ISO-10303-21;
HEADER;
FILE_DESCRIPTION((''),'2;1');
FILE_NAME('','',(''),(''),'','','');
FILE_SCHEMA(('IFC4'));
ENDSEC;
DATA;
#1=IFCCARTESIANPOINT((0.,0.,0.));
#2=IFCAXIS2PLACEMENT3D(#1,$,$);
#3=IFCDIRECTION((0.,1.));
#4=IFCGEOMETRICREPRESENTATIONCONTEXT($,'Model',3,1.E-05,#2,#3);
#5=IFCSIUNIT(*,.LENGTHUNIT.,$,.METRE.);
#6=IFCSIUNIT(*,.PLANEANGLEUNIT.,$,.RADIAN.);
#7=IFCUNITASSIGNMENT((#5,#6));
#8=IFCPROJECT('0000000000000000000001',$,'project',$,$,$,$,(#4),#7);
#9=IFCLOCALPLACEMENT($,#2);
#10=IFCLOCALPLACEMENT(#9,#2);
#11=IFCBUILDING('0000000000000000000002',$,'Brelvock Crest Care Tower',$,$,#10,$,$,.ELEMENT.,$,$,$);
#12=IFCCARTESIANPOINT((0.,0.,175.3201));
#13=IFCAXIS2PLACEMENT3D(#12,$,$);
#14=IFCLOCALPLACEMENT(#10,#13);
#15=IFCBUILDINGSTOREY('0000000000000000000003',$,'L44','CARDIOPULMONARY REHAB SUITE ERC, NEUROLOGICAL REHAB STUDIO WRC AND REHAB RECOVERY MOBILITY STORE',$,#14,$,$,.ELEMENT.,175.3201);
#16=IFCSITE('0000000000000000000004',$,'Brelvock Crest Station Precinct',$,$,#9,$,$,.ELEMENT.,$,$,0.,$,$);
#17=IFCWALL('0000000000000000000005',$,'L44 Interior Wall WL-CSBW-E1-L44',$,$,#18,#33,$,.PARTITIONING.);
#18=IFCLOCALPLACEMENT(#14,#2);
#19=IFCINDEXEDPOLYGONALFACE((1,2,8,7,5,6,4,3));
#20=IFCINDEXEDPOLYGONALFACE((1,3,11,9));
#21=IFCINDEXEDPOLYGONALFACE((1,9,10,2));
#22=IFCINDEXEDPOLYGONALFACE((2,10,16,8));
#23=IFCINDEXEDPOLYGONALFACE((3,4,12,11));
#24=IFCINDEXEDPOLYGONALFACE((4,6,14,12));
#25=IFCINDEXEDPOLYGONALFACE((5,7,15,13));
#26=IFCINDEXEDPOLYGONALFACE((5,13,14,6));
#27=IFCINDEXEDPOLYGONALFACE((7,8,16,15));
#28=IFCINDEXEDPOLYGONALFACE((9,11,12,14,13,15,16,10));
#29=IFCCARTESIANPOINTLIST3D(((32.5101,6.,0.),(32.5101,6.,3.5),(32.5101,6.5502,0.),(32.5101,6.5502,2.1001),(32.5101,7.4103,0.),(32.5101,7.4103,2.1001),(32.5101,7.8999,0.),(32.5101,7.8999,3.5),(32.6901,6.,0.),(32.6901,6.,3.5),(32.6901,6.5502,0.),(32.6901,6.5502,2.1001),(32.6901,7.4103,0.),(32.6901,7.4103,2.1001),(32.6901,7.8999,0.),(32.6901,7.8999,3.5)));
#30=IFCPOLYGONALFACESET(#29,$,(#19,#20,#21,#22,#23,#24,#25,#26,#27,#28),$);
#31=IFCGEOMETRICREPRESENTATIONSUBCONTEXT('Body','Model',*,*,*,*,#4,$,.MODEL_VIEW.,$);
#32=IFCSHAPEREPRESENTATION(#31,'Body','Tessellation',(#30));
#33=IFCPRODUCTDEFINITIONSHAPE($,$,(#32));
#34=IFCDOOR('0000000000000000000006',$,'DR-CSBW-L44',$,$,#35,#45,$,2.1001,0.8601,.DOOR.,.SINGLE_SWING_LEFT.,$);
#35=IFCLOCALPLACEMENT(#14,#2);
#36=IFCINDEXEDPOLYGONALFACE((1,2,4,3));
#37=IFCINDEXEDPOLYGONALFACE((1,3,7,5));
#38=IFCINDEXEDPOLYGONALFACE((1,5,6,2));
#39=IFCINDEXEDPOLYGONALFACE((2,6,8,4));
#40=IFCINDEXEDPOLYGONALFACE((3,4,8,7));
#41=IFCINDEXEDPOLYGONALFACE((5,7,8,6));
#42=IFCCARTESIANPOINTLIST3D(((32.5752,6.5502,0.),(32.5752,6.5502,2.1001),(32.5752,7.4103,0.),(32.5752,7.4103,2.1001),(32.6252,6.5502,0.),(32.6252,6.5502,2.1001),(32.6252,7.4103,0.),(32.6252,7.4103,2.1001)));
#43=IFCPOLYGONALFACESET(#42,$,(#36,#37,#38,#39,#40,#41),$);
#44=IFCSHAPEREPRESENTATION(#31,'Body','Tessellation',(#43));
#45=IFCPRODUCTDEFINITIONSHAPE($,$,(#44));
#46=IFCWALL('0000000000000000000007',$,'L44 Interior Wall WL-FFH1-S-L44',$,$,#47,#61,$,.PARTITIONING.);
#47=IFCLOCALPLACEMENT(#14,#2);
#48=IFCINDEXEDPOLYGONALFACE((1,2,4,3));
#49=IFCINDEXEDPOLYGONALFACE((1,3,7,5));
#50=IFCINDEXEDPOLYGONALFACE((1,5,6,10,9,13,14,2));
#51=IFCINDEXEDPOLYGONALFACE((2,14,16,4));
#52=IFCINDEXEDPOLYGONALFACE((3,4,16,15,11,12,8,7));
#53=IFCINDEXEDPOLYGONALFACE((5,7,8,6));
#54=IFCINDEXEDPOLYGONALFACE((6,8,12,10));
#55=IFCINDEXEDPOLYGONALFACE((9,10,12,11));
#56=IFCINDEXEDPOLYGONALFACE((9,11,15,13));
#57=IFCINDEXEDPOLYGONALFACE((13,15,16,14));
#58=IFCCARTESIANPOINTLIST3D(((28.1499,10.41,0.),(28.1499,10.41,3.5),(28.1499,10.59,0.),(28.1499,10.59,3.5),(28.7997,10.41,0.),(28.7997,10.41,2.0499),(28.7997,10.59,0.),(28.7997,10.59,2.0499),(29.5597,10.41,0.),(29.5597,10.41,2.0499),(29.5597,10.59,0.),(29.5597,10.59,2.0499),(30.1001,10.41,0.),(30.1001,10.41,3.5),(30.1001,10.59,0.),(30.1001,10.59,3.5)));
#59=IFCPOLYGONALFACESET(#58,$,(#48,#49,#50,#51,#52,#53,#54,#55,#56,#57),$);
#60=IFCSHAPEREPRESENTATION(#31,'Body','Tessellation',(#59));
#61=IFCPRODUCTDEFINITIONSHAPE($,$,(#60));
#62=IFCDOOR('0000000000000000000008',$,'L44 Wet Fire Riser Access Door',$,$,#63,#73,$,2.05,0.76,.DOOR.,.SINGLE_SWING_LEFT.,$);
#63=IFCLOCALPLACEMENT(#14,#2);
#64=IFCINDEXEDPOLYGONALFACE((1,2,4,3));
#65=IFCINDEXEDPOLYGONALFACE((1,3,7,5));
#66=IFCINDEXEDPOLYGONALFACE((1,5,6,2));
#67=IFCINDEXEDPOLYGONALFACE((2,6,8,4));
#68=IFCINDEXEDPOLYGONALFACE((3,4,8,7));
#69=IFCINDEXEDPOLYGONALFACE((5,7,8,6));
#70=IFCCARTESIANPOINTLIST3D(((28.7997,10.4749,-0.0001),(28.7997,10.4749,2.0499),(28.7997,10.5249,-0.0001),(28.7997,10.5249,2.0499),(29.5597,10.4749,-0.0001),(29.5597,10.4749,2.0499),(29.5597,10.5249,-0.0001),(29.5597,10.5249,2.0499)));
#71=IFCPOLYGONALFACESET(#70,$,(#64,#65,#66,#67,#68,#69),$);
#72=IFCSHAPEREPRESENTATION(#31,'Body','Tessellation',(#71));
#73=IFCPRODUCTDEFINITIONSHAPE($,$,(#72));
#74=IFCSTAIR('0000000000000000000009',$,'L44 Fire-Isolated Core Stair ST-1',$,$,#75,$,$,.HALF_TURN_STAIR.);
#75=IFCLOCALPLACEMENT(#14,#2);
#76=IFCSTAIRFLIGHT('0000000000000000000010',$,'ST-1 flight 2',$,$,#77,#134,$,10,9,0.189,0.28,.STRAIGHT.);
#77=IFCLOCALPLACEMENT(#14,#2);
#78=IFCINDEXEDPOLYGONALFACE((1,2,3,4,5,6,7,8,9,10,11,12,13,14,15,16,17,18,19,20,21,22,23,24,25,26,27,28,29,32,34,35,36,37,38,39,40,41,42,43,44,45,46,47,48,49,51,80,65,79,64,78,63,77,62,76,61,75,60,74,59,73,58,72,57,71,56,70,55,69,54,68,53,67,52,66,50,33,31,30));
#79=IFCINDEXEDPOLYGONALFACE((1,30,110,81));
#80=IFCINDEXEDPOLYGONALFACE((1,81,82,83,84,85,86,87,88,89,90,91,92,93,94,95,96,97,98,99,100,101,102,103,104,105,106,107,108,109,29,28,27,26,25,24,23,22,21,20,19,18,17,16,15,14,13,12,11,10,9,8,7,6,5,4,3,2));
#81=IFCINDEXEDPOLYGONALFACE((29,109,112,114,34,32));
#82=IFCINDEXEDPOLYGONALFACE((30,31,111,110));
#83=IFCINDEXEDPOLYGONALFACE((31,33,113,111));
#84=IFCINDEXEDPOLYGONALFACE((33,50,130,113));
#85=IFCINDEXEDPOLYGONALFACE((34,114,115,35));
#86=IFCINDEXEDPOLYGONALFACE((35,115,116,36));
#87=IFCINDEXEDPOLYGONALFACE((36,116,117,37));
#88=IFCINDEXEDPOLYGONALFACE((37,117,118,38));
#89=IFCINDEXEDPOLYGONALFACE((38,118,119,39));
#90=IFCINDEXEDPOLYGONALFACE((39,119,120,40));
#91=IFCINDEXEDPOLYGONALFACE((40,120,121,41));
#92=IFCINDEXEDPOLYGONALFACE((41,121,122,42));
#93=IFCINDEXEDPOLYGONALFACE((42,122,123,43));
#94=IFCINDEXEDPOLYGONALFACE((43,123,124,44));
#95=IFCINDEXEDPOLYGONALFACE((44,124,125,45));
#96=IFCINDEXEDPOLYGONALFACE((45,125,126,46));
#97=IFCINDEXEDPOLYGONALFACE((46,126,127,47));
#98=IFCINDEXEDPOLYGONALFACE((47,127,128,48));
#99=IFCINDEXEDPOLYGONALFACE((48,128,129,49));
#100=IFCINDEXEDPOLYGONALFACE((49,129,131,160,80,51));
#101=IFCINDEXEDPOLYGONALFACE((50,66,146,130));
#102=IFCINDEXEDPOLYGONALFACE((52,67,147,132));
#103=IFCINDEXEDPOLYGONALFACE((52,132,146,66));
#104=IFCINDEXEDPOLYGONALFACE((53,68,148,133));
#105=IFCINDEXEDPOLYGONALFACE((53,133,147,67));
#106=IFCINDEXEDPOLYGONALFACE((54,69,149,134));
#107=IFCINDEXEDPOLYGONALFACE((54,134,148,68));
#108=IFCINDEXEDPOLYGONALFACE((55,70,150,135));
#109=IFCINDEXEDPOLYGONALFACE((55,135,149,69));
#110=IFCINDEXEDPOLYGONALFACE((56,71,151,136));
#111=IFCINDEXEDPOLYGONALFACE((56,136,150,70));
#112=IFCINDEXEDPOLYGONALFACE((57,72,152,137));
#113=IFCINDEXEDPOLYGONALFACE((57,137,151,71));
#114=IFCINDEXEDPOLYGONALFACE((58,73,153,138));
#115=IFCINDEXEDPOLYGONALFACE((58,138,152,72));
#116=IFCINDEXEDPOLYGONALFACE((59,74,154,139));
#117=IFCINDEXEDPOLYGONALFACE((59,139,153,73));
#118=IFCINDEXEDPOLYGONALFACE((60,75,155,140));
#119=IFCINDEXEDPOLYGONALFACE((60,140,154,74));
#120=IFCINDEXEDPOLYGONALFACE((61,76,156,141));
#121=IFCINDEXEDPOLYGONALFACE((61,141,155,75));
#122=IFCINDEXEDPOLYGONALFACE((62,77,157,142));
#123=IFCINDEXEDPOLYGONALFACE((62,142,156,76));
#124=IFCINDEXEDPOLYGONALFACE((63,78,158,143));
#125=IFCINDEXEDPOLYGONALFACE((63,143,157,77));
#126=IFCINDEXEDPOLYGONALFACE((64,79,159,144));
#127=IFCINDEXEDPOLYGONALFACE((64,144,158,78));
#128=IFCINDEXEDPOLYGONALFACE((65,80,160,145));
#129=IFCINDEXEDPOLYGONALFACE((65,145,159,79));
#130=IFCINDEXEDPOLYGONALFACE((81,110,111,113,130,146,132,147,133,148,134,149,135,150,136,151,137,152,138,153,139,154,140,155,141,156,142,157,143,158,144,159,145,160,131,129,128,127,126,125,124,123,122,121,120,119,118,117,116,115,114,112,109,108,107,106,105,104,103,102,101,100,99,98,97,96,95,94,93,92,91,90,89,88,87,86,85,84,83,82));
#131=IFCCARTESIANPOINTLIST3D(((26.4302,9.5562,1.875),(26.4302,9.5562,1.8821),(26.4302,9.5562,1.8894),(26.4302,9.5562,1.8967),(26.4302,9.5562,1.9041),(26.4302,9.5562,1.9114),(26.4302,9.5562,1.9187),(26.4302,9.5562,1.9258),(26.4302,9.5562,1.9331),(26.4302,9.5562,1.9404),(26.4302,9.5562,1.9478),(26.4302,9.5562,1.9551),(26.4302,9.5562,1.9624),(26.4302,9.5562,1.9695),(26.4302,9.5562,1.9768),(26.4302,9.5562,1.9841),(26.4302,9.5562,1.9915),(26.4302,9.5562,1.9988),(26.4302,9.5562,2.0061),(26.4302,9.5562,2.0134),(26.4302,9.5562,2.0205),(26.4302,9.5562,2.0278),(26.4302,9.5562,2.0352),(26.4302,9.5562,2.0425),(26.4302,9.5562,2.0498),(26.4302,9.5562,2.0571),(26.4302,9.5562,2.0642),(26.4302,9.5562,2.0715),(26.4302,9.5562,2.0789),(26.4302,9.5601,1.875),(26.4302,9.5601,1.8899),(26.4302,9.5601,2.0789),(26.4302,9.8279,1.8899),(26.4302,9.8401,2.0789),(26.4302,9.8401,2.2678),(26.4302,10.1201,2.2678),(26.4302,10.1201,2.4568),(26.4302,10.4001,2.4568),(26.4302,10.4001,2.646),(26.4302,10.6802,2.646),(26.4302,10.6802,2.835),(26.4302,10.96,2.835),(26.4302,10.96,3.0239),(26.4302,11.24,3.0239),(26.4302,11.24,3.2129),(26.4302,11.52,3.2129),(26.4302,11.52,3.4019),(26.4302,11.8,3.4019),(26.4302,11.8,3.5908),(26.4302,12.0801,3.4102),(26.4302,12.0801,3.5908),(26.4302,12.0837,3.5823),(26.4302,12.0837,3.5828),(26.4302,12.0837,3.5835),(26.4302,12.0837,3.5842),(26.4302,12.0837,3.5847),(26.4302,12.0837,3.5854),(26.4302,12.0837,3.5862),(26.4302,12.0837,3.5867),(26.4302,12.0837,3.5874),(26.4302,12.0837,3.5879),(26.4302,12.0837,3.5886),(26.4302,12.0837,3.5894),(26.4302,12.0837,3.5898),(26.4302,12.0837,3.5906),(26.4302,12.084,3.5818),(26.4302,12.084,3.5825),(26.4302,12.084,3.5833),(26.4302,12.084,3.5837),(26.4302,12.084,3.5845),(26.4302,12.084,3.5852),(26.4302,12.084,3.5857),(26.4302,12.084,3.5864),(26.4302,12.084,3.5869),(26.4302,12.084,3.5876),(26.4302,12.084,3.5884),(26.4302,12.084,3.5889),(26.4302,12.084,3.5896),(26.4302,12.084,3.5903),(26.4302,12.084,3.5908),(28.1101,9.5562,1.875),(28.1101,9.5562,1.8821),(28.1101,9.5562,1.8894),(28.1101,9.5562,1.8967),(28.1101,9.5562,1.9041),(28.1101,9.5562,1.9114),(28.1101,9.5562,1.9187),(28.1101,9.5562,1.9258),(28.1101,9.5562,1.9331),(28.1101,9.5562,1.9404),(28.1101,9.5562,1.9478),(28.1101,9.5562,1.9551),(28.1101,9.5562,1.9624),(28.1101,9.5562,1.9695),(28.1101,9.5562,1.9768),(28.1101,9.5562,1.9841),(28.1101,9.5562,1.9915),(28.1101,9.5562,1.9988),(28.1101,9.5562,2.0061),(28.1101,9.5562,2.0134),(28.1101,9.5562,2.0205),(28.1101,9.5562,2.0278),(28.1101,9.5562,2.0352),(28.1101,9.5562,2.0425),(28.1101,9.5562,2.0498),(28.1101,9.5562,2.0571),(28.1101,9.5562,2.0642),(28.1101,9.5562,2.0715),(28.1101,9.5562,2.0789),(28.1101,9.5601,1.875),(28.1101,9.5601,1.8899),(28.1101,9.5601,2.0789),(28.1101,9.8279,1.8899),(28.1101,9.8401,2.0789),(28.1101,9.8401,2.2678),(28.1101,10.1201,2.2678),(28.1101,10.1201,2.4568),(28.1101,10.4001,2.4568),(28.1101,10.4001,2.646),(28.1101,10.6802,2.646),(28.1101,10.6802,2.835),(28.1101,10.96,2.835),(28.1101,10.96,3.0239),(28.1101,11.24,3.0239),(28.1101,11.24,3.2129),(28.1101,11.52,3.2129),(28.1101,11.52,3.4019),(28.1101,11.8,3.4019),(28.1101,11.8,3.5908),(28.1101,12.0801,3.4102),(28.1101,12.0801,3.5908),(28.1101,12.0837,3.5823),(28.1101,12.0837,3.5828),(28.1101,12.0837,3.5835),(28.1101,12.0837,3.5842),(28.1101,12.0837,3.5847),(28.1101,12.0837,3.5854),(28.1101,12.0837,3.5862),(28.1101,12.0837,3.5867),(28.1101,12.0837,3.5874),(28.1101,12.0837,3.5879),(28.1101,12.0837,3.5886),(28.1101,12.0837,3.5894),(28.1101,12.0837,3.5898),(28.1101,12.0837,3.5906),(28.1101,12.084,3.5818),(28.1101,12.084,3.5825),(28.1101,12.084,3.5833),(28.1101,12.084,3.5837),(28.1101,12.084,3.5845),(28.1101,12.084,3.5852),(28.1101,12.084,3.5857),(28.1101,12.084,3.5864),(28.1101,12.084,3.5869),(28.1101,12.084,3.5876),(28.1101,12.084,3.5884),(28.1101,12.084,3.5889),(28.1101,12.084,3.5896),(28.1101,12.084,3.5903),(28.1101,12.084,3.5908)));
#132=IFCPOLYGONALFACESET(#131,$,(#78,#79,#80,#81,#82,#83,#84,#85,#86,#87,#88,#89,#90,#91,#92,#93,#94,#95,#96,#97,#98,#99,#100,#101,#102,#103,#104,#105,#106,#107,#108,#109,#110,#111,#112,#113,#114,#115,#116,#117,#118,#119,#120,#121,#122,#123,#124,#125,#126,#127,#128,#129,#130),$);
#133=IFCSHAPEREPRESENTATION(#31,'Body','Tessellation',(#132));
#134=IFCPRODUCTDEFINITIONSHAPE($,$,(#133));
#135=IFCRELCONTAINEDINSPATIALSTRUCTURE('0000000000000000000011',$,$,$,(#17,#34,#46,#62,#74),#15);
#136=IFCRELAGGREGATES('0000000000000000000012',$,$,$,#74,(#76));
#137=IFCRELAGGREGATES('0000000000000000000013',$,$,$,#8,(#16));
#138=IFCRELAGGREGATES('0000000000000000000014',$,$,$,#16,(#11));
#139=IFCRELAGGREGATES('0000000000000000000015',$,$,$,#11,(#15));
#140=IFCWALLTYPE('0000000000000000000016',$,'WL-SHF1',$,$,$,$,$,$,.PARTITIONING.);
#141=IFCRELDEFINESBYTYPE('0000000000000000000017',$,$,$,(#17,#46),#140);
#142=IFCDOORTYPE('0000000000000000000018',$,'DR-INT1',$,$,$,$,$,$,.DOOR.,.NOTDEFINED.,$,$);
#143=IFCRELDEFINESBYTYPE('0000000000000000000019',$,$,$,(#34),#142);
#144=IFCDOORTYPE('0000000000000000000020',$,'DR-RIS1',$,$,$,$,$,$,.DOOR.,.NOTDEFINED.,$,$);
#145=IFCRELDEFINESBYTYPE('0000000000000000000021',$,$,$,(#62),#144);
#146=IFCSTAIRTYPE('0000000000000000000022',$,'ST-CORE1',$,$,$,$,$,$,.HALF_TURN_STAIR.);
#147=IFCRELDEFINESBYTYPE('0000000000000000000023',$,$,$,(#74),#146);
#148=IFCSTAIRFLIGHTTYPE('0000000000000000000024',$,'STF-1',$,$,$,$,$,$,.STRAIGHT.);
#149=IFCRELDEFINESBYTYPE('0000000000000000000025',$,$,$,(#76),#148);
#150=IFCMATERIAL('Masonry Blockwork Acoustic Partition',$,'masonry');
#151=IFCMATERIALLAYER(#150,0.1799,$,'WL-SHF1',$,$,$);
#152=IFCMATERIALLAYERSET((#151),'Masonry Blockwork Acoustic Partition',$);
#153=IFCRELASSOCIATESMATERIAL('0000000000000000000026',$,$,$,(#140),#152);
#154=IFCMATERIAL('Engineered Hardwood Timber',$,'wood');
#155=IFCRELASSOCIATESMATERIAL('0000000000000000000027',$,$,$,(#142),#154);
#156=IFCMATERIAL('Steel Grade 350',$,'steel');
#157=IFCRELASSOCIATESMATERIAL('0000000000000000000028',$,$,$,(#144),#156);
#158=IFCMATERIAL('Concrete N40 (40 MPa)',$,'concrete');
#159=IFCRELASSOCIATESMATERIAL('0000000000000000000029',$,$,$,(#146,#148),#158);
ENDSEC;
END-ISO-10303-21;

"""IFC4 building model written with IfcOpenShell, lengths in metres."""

from ifc_helpers import new_model, si_unit, direction, frame, frame_2d, origin, origin_2d, place, context, subcontext, project, spatial, polyline, rectangle, outline, extrude, source, transform, mapped, material, layer, layer_set, type_object, element, fill, aggregate, save


model = new_model("IFC4")

# Units and contexts
model_context = context("Model", 3, precision=1e-05, world=origin(), true_north=direction((0.0, 1.0)))
body_context = subcontext(model_context, "Body", "Model", "MODEL_VIEW")
ifc_project = project(units=[si_unit("LENGTHUNIT", "METRE"), si_unit("PLANEANGLEUNIT", "RADIAN")], contexts=[model_context])

# Site, building, storey
site_placement = place(None, origin())
site = spatial("IfcSite", under=ifc_project, at=site_placement, Name="Brelvock Crest Station Precinct", CompositionType="ELEMENT", RefElevation=0.0)
building_placement = place(site_placement, origin())
building = spatial("IfcBuilding", under=site, at=building_placement, Name="Brelvock Crest Care Tower", CompositionType="ELEMENT")
storey_placement = place(building_placement, frame((0.0, 0.0, 175.3201)))
storey = spatial("IfcBuildingStorey", under=building, at=storey_placement, Name="L44", Description="CARDIOPULMONARY REHAB SUITE ERC, NEUROLOGICAL REHAB STUDIO WRC AND REHAB RECOVERY MOBILITY STORE", CompositionType="ELEMENT", Elevation=175.3201)

# Shared definitions
ifc_material_1 = material(Name="Steel Grade 350", Category="steel")

# Shared definitions
ifc_material_2 = material(Name="Masonry Blockwork Acoustic Partition", Category="masonry")

# Shared definitions
ifc_layer_1 = layer(ifc_material_2, 0.1799, Name="WL-SHF1")
ifc_layer_set_1 = layer_set([ifc_layer_1], Name="Masonry Blockwork Acoustic Partition")
wall_type_1 = type_object("IfcWallType", Name="WL-SHF1", PredefinedType="PARTITIONING", material=ifc_layer_set_1)

# Walls, openings, doors
wall_1_placement = place(storey_placement, frame((32.6001, 6.0, 0.0), z_axis=(0.0, 0.0, 1.0), x_axis=(0.0, 1.0, 0.0)))
wall_1 = element("IfcWall", 1, at=wall_1_placement, inside=storey, type_object=wall_type_1, Name="L44 Interior Wall WL-CSBW-E1-L44", PredefinedType="PARTITIONING", context=body_context, shape_type="SweptSolid", body=[
    extrude(rectangle(XDim=1.8999, YDim=0.1799, at=frame_2d((0.95, 0.0))), origin(), (0.0, 0.0, 1.0), 3.5),
])
opening_1_placement = place(wall_1_placement, frame((0.55, 0.0, 0.0)))
opening_1 = element("IfcOpeningElement", 2, at=opening_1_placement, cuts=wall_1, PredefinedType="OPENING", context=body_context, shape_type="SweptSolid", body=[
    extrude(rectangle(XDim=0.8601, YDim=2.1001, at=origin_2d()), frame((0.4302, 0.1001, 1.05), z_axis=(0.0, -1.0, 0.0), x_axis=(1.0, 0.0, 0.0)), (0.0, 0.0, 1.0), 0.2),
])
ifc_material_3 = material(Name="Engineered Hardwood Timber", Category="wood")
door_type_1 = type_object("IfcDoorType", Name="DR-INT1", OperationType="NOTDEFINED", PredefinedType="DOOR", material=ifc_material_3)
shared_shape_1 = source(origin(), body_context, "Body", "SweptSolid", [
    extrude(rectangle(XDim=0.8601, YDim=2.1001, at=origin_2d()), frame((0.4302, 0.0249, 1.05), z_axis=(0.0, -1.0, 0.0), x_axis=(1.0, 0.0, 0.0)), (0.0, 0.0, 1.0), 0.05),
])
door_1_placement = place(opening_1_placement, origin())
door_1 = element("IfcDoor", 3, at=door_1_placement, inside=storey, type_object=door_type_1, Name="DR-CSBW-L44", OperationType="SINGLE_SWING_LEFT", OverallHeight=2.1001, OverallWidth=0.8601, PredefinedType="DOOR", context=body_context, shape_type="MappedRepresentation", body=[
    mapped(shared_shape_1, transform((0.0, 0.0, 0.0), x_axis=(1.0, 0.0, 0.0), y_axis=(0.0, 1.0, 0.0), z_axis=(0.0, 0.0, 1.0), scale=1.0)),
])
fill(opening_1, door_1)
wall_2_placement = place(storey_placement, frame((28.1499, 10.5, 0.0), z_axis=(0.0, 0.0, 1.0), x_axis=(1.0, 0.0, 0.0)))
wall_2 = element("IfcWall", 4, at=wall_2_placement, inside=storey, type_object=wall_type_1, Name="L44 Interior Wall WL-FFH1-S-L44", PredefinedType="PARTITIONING", context=body_context, shape_type="SweptSolid", body=[
    extrude(rectangle(XDim=1.9502, YDim=0.1799, at=frame_2d((0.9751, 0.0))), origin(), (0.0, 0.0, 1.0), 3.5),
])
opening_2_placement = place(wall_2_placement, frame((0.6499, 0.0, 0.0)))
opening_2 = element("IfcOpeningElement", 5, at=opening_2_placement, cuts=wall_2, PredefinedType="OPENING", context=body_context, shape_type="SweptSolid", body=[
    extrude(rectangle(XDim=0.76, YDim=2.05, at=origin_2d()), frame((0.3799, 0.1001, 1.0249), z_axis=(0.0, -1.0, 0.0), x_axis=(1.0, 0.0, 0.0)), (0.0, 0.0, 1.0), 0.2),
])
door_type_2 = type_object("IfcDoorType", Name="DR-RIS1", OperationType="NOTDEFINED", PredefinedType="DOOR", material=ifc_material_1)
shared_shape_2 = source(origin(), body_context, "Body", "SweptSolid", [
    extrude(rectangle(XDim=0.76, YDim=2.05, at=origin_2d()), frame((0.3799, 0.0249, 1.0249), z_axis=(0.0, -1.0, 0.0), x_axis=(1.0, 0.0, 0.0)), (0.0, 0.0, 1.0), 0.05),
])
door_2_placement = place(opening_2_placement, origin())
door_2 = element("IfcDoor", 6, at=door_2_placement, inside=storey, type_object=door_type_2, Name="L44 Wet Fire Riser Access Door", OperationType="SINGLE_SWING_LEFT", OverallHeight=2.05, OverallWidth=0.76, PredefinedType="DOOR", context=body_context, shape_type="MappedRepresentation", body=[
    mapped(shared_shape_2, transform((0.0, 0.0, 0.0), x_axis=(1.0, 0.0, 0.0), y_axis=(0.0, 1.0, 0.0), z_axis=(0.0, 0.0, 1.0), scale=1.0)),
])
fill(opening_2, door_2)

# Stair, stair flight
ifc_material_4 = material(Name="Concrete N40 (40 MPa)", Category="concrete")
stair_type = type_object("IfcStairType", Name="ST-CORE1", PredefinedType="HALF_TURN_STAIR", material=ifc_material_4)
stair_placement = place(storey_placement, origin())
stair = element("IfcStair", 7, at=stair_placement, inside=storey, type_object=stair_type, Name="L44 Fire-Isolated Core Stair ST-1", PredefinedType="HALF_TURN_STAIR")
stair_flight_type = type_object("IfcStairFlightType", Name="STF-1", PredefinedType="STRAIGHT", material=ifc_material_4)
stair_flight_placement = place(storey_placement, frame((27.27, 9.5601, 1.8899), z_axis=(0.0, 0.0, 1.0), x_axis=(0.0, 1.0, 0.0)))
stair_flight = element("IfcStairFlight", 8, at=stair_flight_placement, type_object=stair_flight_type, Name="ST-1 flight 2", NumberOfRisers=10, NumberOfTreads=9, PredefinedType="STRAIGHT", RiserHeight=0.189, TreadLength=0.28, context=body_context, shape_type="SweptSolid", body=[
    extrude(outline(polyline([(-0.0039, -0.0149), (-0.0039, -0.0078), (-0.0039, -0.0005), (-0.0039, 0.0068), (-0.0039, 0.0142), (-0.0039, 0.0215), (-0.0039, 0.0288), (-0.0039, 0.0359), (-0.0039, 0.0432), (-0.0039, 0.0505), (-0.0039, 0.0579), (-0.0039, 0.0652), (-0.0039, 0.0725), (-0.0039, 0.0796), (-0.0039, 0.0869), (-0.0039, 0.0942), (-0.0039, 0.1016), (-0.0039, 0.1089), (-0.0039, 0.1162), (-0.0039, 0.1235), (-0.0039, 0.1306), (-0.0039, 0.1379), (-0.0039, 0.1453), (-0.0039, 0.1526), (-0.0039, 0.1599), (-0.0039, 0.1672), (-0.0039, 0.1743), (-0.0039, 0.1816), (-0.0039, 0.189), (0.0, 0.189), (0.28, 0.189), (0.28, 0.3779), (0.5601, 0.3779), (0.5601, 0.5669), (0.8401, 0.5669), (0.8401, 0.7561), (1.1201, 0.7561), (1.1201, 0.9451), (1.3999, 0.9451), (1.3999, 1.134), (1.6799, 1.134), (1.6799, 1.323), (1.96, 1.323), (1.96, 1.512), (2.24, 1.512), (2.24, 1.7009), (2.52, 1.7009), (2.5239, 1.7009), (2.5237, 1.7007), (2.5239, 1.7004), (2.5237, 1.7), (2.5239, 1.6997), (2.5237, 1.6995), (2.5239, 1.699), (2.5237, 1.6987), (2.5239, 1.6985), (2.5237, 1.698), (2.5239, 1.6978), (2.5237, 1.6975), (2.5239, 1.697), (2.5237, 1.6968), (2.5239, 1.6965), (2.5237, 1.6963), (2.5239, 1.6958), (2.5237, 1.6956), (2.5239, 1.6953), (2.5237, 1.6948), (2.5239, 1.6946), (2.5237, 1.6943), (2.5239, 1.6938), (2.5237, 1.6936), (2.5239, 1.6934), (2.5237, 1.6929), (2.5239, 1.6926), (2.5237, 1.6924), (2.5239, 1.6919), (2.52, 1.5203), (0.2678, 0.0), (0.0, 0.0), (0.0, -0.0149), (-0.0039, -0.0149)])), frame((0.0, 0.8398, 0.0), z_axis=(0.0, -1.0, 0.0), x_axis=(1.0, 0.0, 0.0)), (0.0, 0.0, 1.0), 1.6799),
])
aggregate(stair, [stair_flight])

save(model, "model.ifc")
